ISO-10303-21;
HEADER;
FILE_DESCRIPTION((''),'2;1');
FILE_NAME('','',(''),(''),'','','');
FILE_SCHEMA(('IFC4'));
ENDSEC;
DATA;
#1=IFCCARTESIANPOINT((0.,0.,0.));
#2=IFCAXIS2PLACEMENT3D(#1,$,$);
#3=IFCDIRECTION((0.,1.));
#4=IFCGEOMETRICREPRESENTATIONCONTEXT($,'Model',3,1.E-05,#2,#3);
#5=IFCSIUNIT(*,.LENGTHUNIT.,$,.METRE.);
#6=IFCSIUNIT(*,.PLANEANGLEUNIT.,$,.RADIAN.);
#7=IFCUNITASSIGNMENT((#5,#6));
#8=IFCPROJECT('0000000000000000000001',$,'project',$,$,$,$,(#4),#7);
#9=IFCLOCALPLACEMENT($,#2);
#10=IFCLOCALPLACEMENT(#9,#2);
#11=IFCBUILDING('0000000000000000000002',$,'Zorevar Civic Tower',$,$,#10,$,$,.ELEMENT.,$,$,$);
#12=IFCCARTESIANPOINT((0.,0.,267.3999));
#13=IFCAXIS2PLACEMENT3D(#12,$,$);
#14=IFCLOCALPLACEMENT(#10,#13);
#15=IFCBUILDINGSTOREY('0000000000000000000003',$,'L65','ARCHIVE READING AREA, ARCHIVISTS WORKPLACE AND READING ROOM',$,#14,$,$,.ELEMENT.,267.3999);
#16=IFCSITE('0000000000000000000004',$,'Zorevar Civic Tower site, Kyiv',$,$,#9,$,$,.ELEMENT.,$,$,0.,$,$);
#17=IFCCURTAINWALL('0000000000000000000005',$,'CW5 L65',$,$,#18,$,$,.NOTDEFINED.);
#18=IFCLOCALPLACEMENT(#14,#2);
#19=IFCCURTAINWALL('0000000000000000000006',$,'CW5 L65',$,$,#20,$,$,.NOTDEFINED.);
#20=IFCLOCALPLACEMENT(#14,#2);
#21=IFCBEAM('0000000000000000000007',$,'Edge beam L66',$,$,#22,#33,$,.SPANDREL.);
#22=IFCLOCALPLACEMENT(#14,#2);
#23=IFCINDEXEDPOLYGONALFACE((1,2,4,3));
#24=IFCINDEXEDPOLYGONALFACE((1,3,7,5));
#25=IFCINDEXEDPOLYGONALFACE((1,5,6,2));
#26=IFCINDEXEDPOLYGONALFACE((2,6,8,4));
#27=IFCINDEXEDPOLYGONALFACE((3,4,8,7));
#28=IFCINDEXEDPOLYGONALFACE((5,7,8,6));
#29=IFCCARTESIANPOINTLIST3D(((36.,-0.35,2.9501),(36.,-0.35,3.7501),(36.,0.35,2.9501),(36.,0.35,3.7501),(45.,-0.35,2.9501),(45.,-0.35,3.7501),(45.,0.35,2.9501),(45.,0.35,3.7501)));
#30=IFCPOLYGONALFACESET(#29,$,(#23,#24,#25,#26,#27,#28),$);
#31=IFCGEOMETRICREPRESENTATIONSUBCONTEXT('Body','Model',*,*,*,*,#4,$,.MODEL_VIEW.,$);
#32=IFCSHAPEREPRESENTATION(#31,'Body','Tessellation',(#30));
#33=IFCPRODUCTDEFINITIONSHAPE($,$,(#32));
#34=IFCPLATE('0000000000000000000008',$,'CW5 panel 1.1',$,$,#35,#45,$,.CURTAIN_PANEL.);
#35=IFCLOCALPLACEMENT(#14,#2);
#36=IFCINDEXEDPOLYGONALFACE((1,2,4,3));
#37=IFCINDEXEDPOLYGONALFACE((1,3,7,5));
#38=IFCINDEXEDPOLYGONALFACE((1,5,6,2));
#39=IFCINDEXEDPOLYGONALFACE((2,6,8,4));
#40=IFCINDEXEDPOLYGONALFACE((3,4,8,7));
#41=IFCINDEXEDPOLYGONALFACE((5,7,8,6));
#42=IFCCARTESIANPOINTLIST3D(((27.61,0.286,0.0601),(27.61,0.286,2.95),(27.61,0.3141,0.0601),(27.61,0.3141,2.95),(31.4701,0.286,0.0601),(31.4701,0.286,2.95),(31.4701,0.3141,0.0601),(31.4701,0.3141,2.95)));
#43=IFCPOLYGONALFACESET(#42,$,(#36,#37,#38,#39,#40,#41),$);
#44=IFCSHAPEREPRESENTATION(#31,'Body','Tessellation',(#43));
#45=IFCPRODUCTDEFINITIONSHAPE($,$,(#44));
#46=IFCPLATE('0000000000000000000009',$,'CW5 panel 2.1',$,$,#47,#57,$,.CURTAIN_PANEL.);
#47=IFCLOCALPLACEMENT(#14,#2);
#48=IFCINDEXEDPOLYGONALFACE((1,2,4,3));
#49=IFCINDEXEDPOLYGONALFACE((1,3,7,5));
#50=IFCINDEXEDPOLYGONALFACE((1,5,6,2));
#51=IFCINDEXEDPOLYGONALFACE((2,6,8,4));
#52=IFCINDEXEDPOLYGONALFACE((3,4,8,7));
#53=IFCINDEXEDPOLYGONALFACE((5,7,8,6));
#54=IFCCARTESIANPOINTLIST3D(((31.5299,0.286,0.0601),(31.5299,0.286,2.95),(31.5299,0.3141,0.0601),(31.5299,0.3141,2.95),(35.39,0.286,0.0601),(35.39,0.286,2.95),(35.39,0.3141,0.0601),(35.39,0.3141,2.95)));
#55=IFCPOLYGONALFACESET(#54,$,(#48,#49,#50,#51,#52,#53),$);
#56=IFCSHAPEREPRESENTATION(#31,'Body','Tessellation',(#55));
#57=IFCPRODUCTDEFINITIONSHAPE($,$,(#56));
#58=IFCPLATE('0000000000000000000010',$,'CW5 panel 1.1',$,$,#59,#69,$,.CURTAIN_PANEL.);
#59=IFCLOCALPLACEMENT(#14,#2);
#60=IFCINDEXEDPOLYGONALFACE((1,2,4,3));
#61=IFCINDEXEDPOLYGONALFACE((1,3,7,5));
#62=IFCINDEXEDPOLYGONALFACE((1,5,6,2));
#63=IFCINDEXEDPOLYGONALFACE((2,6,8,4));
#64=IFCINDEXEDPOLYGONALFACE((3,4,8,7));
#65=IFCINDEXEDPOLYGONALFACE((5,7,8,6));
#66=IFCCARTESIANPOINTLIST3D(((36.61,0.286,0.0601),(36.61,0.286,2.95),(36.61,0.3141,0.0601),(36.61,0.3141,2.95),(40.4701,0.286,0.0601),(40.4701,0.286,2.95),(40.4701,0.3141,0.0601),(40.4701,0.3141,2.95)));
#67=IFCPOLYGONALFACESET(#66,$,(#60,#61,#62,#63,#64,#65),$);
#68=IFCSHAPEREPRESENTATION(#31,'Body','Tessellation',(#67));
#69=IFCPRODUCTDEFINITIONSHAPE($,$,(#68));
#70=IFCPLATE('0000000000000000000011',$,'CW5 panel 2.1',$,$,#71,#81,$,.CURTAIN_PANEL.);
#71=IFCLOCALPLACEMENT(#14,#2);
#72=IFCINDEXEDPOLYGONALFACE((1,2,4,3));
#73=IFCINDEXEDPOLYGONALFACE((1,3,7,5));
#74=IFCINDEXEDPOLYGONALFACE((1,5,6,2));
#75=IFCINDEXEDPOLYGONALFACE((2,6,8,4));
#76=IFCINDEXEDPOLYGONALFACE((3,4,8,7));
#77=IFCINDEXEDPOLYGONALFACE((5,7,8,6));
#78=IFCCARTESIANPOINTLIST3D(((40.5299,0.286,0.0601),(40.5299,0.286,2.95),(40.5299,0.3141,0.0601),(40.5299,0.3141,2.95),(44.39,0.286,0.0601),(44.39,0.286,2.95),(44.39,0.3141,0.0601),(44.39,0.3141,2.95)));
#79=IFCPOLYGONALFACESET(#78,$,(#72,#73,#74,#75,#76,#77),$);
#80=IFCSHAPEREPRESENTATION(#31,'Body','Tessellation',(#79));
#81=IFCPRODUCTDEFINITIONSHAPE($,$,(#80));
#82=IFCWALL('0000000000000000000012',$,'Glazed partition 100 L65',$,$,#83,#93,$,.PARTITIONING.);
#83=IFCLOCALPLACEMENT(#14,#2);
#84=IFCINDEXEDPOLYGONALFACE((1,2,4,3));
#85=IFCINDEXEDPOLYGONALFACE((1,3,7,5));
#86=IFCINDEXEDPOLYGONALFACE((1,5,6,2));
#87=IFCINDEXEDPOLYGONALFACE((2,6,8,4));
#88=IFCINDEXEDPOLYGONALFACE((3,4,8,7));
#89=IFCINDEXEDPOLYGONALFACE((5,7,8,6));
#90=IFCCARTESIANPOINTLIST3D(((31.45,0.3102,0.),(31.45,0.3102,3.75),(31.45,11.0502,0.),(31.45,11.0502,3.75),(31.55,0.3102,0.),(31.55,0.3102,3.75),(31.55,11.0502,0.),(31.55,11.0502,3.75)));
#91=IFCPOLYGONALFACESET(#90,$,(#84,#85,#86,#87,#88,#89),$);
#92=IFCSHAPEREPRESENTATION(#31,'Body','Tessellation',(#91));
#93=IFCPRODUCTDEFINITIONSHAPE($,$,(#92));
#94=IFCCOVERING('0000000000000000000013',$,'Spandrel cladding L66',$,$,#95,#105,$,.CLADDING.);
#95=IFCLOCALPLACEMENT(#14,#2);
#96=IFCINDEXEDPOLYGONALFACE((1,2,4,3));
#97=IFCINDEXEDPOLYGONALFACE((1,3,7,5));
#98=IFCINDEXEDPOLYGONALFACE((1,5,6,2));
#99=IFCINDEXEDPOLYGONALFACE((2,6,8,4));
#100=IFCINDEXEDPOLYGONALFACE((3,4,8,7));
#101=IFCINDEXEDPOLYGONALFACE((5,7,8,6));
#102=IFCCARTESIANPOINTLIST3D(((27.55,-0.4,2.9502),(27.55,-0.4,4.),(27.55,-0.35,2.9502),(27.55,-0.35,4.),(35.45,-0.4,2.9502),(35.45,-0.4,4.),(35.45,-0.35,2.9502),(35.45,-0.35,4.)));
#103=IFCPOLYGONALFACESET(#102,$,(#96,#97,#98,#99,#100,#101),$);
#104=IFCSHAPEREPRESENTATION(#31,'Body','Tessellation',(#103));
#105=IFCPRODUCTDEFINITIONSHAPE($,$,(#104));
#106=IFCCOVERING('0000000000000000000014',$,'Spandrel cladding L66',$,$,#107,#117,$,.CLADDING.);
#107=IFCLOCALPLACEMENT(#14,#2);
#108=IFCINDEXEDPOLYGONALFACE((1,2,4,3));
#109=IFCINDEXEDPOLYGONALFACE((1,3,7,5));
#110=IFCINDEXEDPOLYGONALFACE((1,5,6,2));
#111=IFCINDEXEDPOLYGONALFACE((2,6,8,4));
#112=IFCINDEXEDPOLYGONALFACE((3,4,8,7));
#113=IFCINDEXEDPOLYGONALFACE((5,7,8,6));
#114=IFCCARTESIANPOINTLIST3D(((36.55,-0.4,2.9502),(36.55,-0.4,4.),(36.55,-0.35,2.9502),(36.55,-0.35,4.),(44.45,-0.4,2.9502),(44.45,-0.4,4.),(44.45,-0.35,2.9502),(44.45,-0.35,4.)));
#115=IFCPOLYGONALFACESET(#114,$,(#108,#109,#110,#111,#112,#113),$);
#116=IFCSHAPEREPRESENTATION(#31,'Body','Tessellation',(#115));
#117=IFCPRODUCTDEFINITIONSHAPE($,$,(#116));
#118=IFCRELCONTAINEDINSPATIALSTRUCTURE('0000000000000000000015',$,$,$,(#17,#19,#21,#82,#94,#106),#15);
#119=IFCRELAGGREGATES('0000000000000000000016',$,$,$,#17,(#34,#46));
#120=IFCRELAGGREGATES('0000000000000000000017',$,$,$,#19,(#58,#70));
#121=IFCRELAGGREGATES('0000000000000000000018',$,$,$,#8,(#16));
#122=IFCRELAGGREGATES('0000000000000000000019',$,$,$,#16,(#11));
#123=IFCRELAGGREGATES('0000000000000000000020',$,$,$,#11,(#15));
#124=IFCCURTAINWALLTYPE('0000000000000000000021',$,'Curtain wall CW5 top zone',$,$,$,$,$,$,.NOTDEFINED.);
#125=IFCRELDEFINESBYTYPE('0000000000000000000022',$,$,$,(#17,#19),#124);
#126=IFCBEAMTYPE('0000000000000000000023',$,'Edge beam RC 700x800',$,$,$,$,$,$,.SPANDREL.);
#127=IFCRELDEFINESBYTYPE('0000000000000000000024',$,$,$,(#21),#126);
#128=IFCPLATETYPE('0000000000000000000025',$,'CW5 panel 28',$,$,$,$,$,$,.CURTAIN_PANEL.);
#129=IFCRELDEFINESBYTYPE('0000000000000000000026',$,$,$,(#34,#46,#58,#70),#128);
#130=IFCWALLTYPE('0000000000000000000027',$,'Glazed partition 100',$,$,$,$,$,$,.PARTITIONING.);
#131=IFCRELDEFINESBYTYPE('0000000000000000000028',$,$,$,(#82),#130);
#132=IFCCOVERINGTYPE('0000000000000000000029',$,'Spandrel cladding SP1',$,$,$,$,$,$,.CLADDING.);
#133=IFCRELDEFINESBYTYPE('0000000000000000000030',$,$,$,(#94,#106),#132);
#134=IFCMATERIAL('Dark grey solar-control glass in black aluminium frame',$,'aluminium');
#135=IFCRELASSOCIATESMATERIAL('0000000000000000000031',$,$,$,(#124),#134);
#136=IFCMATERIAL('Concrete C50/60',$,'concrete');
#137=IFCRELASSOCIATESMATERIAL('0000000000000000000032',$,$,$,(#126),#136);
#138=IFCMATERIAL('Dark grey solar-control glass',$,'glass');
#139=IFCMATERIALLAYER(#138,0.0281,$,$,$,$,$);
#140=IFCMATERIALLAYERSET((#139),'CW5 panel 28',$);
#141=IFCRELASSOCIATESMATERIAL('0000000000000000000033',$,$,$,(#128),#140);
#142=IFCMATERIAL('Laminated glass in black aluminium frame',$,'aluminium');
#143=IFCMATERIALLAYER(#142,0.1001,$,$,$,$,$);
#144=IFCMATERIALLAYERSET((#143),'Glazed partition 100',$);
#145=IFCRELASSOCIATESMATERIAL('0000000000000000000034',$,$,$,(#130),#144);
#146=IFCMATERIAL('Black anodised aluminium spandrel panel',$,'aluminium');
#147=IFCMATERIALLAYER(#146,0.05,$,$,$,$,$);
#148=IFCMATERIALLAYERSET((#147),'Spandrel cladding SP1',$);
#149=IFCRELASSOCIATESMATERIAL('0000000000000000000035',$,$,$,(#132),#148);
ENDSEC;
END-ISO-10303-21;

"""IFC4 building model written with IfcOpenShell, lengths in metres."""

from ifc_helpers import new_model, si_unit, direction, frame, frame_2d, origin, origin_2d, place, context, subcontext, project, spatial, rectangle, extrude, material, layer, layer_set, material_profile, profile_set, type_object, element, aggregate, save


model = new_model("IFC4")

# Units and contexts
model_context = context("Model", 3, precision=1e-05, world=origin(), true_north=direction((0.0, 1.0)))
body_context = subcontext(model_context, "Body", "Model", "MODEL_VIEW")
ifc_project = project(units=[si_unit("LENGTHUNIT", "METRE"), si_unit("PLANEANGLEUNIT", "RADIAN")], contexts=[model_context])

# Site, building, storey
site_placement = place(None, origin())
site = spatial("IfcSite", under=ifc_project, at=site_placement, Name="Zorevar Civic Tower site, Kyiv", CompositionType="ELEMENT", RefElevation=0.0)
building_placement = place(site_placement, origin())
building = spatial("IfcBuilding", under=site, at=building_placement, Name="Zorevar Civic Tower", CompositionType="ELEMENT")
storey_placement = place(building_placement, frame((0.0, 0.0, 267.3999)))
storey = spatial("IfcBuildingStorey", under=building, at=storey_placement, Name="L65", Description="ARCHIVE READING AREA, ARCHIVISTS WORKPLACE AND READING ROOM", CompositionType="ELEMENT", Elevation=267.3999)

# Curtain walls
ifc_material_1 = material(Name="Dark grey solar-control glass in black aluminium frame", Category="aluminium")
curtain_wall_type = type_object("IfcCurtainWallType", Name="Curtain wall CW5 top zone", PredefinedType="NOTDEFINED", material=ifc_material_1)
curtain_wall_1_placement = place(storey_placement, origin())
curtain_wall_1 = element("IfcCurtainWall", 1, at=curtain_wall_1_placement, inside=storey, type_object=curtain_wall_type, Name="CW5 L65", PredefinedType="NOTDEFINED")
curtain_wall_2_placement = place(storey_placement, origin())
curtain_wall_2 = element("IfcCurtainWall", 2, at=curtain_wall_2_placement, inside=storey, type_object=curtain_wall_type, Name="CW5 L65", PredefinedType="NOTDEFINED")

# Beam
ifc_material_2 = material(Name="Concrete C50/60", Category="concrete")
ifc_material_profile_1 = material_profile(ifc_material_2, rectangle(XDim=0.7, YDim=0.8, at=origin_2d()), Name="RC 700x800")
ifc_profile_set_1 = profile_set([ifc_material_profile_1], Name="Concrete C50/60")
beam_type_1 = type_object("IfcBeamType", Name="Edge beam RC 700x800", PredefinedType="SPANDREL", material=ifc_profile_set_1)
beam_1_placement = place(storey_placement, frame((36.0, 0.0, 3.3501), z_axis=(1.0, 0.0, 0.0), x_axis=(0.0, 1.0, 0.0)))
element("IfcBeam", 3, at=beam_1_placement, inside=storey, type_object=beam_type_1, Name="Edge beam L66", PredefinedType="SPANDREL", context=body_context, shape_type="SweptSolid", body=[
    extrude(rectangle(XDim=0.7, YDim=0.8, at=origin_2d()), origin(), (0.0, 0.0, 1.0), 9.0),
])

# Plates
ifc_material_3 = material(Name="Dark grey solar-control glass", Category="glass")
ifc_layer_1 = layer(ifc_material_3, 0.0281)
ifc_layer_set_1 = layer_set([ifc_layer_1], Name="CW5 panel 28")
plate_type = type_object("IfcPlateType", Name="CW5 panel 28", PredefinedType="CURTAIN_PANEL", material=ifc_layer_set_1)
plate_1_placement = place(storey_placement, frame((29.54, 0.3, 0.0601), z_axis=(0.0, 0.0, 1.0), x_axis=(1.0, 0.0, 0.0)))
plate_1 = element("IfcPlate", 4, at=plate_1_placement, type_object=plate_type, Name="CW5 panel 1.1", PredefinedType="CURTAIN_PANEL", context=body_context, shape_type="SweptSolid", body=[
    extrude(rectangle(XDim=3.8601, YDim=0.0281, at=origin_2d()), origin(), (0.0, 0.0, 1.0), 2.8899),
])
plate_2_placement = place(storey_placement, frame((33.46, 0.3, 0.0601), z_axis=(0.0, 0.0, 1.0), x_axis=(1.0, 0.0, 0.0)))
plate_2 = element("IfcPlate", 5, at=plate_2_placement, type_object=plate_type, Name="CW5 panel 2.1", PredefinedType="CURTAIN_PANEL", context=body_context, shape_type="SweptSolid", body=[
    extrude(rectangle(XDim=3.8601, YDim=0.0281, at=origin_2d()), origin(), (0.0, 0.0, 1.0), 2.8899),
])
aggregate(curtain_wall_1, [plate_1, plate_2])
plate_3_placement = place(storey_placement, frame((38.54, 0.3, 0.0601), z_axis=(0.0, 0.0, 1.0), x_axis=(1.0, 0.0, 0.0)))
plate_3 = element("IfcPlate", 6, at=plate_3_placement, type_object=plate_type, Name="CW5 panel 1.1", PredefinedType="CURTAIN_PANEL", context=body_context, shape_type="SweptSolid", body=[
    extrude(rectangle(XDim=3.8601, YDim=0.0281, at=origin_2d()), origin(), (0.0, 0.0, 1.0), 2.8899),
])
plate_4_placement = place(storey_placement, frame((42.46, 0.3, 0.0601), z_axis=(0.0, 0.0, 1.0), x_axis=(1.0, 0.0, 0.0)))
plate_4 = element("IfcPlate", 7, at=plate_4_placement, type_object=plate_type, Name="CW5 panel 2.1", PredefinedType="CURTAIN_PANEL", context=body_context, shape_type="SweptSolid", body=[
    extrude(rectangle(XDim=3.8601, YDim=0.0281, at=origin_2d()), origin(), (0.0, 0.0, 1.0), 2.8899),
])
aggregate(curtain_wall_2, [plate_3, plate_4])

# Wall
ifc_material_4 = material(Name="Laminated glass in black aluminium frame", Category="aluminium")
ifc_layer_2 = layer(ifc_material_4, 0.1001)
ifc_layer_set_2 = layer_set([ifc_layer_2], Name="Glazed partition 100")
wall_type = type_object("IfcWallType", Name="Glazed partition 100", PredefinedType="PARTITIONING", material=ifc_layer_set_2)
wall_placement = place(storey_placement, frame((31.5, 0.3101, 0.0), z_axis=(0.0, 0.0, 1.0), x_axis=(0.0, 1.0, 0.0)))
element("IfcWall", 8, at=wall_placement, inside=storey, type_object=wall_type, Name="Glazed partition 100 L65", PredefinedType="PARTITIONING", context=body_context, shape_type="SweptSolid", body=[
    extrude(rectangle(XDim=10.74, YDim=0.1001, at=frame_2d((5.3701, 0.0))), origin(), (0.0, 0.0, 1.0), 3.75),
])

# Coverings
ifc_material_5 = material(Name="Black anodised aluminium spandrel panel", Category="aluminium")
ifc_layer_3 = layer(ifc_material_5, 0.05)
ifc_layer_set_3 = layer_set([ifc_layer_3], Name="Spandrel cladding SP1")
covering_type = type_object("IfcCoveringType", Name="Spandrel cladding SP1", PredefinedType="CLADDING", material=ifc_layer_set_3)
for number, where, z_axis, x_axis, name in (
    (9, (27.55, -0.375, 2.9502), (0.0, 0.0, 1.0), (1.0, 0.0, 0.0), "Spandrel cladding L66"),
    (10, (36.55, -0.375, 2.9502), (0.0, 0.0, 1.0), (1.0, 0.0, 0.0), "Spandrel cladding L66"),
):
    element("IfcCovering", number, at=place(storey_placement, frame(where, z_axis=z_axis, x_axis=x_axis)), inside=storey, type_object=covering_type, Name=name, PredefinedType="CLADDING", context=body_context, shape_type="SweptSolid", body=[
        extrude(rectangle(XDim=7.8999, YDim=0.05, at=frame_2d((3.95, 0.0))), origin(), (0.0, 0.0, 1.0), 1.0498),
    ])

save(model, "model.ifc")
